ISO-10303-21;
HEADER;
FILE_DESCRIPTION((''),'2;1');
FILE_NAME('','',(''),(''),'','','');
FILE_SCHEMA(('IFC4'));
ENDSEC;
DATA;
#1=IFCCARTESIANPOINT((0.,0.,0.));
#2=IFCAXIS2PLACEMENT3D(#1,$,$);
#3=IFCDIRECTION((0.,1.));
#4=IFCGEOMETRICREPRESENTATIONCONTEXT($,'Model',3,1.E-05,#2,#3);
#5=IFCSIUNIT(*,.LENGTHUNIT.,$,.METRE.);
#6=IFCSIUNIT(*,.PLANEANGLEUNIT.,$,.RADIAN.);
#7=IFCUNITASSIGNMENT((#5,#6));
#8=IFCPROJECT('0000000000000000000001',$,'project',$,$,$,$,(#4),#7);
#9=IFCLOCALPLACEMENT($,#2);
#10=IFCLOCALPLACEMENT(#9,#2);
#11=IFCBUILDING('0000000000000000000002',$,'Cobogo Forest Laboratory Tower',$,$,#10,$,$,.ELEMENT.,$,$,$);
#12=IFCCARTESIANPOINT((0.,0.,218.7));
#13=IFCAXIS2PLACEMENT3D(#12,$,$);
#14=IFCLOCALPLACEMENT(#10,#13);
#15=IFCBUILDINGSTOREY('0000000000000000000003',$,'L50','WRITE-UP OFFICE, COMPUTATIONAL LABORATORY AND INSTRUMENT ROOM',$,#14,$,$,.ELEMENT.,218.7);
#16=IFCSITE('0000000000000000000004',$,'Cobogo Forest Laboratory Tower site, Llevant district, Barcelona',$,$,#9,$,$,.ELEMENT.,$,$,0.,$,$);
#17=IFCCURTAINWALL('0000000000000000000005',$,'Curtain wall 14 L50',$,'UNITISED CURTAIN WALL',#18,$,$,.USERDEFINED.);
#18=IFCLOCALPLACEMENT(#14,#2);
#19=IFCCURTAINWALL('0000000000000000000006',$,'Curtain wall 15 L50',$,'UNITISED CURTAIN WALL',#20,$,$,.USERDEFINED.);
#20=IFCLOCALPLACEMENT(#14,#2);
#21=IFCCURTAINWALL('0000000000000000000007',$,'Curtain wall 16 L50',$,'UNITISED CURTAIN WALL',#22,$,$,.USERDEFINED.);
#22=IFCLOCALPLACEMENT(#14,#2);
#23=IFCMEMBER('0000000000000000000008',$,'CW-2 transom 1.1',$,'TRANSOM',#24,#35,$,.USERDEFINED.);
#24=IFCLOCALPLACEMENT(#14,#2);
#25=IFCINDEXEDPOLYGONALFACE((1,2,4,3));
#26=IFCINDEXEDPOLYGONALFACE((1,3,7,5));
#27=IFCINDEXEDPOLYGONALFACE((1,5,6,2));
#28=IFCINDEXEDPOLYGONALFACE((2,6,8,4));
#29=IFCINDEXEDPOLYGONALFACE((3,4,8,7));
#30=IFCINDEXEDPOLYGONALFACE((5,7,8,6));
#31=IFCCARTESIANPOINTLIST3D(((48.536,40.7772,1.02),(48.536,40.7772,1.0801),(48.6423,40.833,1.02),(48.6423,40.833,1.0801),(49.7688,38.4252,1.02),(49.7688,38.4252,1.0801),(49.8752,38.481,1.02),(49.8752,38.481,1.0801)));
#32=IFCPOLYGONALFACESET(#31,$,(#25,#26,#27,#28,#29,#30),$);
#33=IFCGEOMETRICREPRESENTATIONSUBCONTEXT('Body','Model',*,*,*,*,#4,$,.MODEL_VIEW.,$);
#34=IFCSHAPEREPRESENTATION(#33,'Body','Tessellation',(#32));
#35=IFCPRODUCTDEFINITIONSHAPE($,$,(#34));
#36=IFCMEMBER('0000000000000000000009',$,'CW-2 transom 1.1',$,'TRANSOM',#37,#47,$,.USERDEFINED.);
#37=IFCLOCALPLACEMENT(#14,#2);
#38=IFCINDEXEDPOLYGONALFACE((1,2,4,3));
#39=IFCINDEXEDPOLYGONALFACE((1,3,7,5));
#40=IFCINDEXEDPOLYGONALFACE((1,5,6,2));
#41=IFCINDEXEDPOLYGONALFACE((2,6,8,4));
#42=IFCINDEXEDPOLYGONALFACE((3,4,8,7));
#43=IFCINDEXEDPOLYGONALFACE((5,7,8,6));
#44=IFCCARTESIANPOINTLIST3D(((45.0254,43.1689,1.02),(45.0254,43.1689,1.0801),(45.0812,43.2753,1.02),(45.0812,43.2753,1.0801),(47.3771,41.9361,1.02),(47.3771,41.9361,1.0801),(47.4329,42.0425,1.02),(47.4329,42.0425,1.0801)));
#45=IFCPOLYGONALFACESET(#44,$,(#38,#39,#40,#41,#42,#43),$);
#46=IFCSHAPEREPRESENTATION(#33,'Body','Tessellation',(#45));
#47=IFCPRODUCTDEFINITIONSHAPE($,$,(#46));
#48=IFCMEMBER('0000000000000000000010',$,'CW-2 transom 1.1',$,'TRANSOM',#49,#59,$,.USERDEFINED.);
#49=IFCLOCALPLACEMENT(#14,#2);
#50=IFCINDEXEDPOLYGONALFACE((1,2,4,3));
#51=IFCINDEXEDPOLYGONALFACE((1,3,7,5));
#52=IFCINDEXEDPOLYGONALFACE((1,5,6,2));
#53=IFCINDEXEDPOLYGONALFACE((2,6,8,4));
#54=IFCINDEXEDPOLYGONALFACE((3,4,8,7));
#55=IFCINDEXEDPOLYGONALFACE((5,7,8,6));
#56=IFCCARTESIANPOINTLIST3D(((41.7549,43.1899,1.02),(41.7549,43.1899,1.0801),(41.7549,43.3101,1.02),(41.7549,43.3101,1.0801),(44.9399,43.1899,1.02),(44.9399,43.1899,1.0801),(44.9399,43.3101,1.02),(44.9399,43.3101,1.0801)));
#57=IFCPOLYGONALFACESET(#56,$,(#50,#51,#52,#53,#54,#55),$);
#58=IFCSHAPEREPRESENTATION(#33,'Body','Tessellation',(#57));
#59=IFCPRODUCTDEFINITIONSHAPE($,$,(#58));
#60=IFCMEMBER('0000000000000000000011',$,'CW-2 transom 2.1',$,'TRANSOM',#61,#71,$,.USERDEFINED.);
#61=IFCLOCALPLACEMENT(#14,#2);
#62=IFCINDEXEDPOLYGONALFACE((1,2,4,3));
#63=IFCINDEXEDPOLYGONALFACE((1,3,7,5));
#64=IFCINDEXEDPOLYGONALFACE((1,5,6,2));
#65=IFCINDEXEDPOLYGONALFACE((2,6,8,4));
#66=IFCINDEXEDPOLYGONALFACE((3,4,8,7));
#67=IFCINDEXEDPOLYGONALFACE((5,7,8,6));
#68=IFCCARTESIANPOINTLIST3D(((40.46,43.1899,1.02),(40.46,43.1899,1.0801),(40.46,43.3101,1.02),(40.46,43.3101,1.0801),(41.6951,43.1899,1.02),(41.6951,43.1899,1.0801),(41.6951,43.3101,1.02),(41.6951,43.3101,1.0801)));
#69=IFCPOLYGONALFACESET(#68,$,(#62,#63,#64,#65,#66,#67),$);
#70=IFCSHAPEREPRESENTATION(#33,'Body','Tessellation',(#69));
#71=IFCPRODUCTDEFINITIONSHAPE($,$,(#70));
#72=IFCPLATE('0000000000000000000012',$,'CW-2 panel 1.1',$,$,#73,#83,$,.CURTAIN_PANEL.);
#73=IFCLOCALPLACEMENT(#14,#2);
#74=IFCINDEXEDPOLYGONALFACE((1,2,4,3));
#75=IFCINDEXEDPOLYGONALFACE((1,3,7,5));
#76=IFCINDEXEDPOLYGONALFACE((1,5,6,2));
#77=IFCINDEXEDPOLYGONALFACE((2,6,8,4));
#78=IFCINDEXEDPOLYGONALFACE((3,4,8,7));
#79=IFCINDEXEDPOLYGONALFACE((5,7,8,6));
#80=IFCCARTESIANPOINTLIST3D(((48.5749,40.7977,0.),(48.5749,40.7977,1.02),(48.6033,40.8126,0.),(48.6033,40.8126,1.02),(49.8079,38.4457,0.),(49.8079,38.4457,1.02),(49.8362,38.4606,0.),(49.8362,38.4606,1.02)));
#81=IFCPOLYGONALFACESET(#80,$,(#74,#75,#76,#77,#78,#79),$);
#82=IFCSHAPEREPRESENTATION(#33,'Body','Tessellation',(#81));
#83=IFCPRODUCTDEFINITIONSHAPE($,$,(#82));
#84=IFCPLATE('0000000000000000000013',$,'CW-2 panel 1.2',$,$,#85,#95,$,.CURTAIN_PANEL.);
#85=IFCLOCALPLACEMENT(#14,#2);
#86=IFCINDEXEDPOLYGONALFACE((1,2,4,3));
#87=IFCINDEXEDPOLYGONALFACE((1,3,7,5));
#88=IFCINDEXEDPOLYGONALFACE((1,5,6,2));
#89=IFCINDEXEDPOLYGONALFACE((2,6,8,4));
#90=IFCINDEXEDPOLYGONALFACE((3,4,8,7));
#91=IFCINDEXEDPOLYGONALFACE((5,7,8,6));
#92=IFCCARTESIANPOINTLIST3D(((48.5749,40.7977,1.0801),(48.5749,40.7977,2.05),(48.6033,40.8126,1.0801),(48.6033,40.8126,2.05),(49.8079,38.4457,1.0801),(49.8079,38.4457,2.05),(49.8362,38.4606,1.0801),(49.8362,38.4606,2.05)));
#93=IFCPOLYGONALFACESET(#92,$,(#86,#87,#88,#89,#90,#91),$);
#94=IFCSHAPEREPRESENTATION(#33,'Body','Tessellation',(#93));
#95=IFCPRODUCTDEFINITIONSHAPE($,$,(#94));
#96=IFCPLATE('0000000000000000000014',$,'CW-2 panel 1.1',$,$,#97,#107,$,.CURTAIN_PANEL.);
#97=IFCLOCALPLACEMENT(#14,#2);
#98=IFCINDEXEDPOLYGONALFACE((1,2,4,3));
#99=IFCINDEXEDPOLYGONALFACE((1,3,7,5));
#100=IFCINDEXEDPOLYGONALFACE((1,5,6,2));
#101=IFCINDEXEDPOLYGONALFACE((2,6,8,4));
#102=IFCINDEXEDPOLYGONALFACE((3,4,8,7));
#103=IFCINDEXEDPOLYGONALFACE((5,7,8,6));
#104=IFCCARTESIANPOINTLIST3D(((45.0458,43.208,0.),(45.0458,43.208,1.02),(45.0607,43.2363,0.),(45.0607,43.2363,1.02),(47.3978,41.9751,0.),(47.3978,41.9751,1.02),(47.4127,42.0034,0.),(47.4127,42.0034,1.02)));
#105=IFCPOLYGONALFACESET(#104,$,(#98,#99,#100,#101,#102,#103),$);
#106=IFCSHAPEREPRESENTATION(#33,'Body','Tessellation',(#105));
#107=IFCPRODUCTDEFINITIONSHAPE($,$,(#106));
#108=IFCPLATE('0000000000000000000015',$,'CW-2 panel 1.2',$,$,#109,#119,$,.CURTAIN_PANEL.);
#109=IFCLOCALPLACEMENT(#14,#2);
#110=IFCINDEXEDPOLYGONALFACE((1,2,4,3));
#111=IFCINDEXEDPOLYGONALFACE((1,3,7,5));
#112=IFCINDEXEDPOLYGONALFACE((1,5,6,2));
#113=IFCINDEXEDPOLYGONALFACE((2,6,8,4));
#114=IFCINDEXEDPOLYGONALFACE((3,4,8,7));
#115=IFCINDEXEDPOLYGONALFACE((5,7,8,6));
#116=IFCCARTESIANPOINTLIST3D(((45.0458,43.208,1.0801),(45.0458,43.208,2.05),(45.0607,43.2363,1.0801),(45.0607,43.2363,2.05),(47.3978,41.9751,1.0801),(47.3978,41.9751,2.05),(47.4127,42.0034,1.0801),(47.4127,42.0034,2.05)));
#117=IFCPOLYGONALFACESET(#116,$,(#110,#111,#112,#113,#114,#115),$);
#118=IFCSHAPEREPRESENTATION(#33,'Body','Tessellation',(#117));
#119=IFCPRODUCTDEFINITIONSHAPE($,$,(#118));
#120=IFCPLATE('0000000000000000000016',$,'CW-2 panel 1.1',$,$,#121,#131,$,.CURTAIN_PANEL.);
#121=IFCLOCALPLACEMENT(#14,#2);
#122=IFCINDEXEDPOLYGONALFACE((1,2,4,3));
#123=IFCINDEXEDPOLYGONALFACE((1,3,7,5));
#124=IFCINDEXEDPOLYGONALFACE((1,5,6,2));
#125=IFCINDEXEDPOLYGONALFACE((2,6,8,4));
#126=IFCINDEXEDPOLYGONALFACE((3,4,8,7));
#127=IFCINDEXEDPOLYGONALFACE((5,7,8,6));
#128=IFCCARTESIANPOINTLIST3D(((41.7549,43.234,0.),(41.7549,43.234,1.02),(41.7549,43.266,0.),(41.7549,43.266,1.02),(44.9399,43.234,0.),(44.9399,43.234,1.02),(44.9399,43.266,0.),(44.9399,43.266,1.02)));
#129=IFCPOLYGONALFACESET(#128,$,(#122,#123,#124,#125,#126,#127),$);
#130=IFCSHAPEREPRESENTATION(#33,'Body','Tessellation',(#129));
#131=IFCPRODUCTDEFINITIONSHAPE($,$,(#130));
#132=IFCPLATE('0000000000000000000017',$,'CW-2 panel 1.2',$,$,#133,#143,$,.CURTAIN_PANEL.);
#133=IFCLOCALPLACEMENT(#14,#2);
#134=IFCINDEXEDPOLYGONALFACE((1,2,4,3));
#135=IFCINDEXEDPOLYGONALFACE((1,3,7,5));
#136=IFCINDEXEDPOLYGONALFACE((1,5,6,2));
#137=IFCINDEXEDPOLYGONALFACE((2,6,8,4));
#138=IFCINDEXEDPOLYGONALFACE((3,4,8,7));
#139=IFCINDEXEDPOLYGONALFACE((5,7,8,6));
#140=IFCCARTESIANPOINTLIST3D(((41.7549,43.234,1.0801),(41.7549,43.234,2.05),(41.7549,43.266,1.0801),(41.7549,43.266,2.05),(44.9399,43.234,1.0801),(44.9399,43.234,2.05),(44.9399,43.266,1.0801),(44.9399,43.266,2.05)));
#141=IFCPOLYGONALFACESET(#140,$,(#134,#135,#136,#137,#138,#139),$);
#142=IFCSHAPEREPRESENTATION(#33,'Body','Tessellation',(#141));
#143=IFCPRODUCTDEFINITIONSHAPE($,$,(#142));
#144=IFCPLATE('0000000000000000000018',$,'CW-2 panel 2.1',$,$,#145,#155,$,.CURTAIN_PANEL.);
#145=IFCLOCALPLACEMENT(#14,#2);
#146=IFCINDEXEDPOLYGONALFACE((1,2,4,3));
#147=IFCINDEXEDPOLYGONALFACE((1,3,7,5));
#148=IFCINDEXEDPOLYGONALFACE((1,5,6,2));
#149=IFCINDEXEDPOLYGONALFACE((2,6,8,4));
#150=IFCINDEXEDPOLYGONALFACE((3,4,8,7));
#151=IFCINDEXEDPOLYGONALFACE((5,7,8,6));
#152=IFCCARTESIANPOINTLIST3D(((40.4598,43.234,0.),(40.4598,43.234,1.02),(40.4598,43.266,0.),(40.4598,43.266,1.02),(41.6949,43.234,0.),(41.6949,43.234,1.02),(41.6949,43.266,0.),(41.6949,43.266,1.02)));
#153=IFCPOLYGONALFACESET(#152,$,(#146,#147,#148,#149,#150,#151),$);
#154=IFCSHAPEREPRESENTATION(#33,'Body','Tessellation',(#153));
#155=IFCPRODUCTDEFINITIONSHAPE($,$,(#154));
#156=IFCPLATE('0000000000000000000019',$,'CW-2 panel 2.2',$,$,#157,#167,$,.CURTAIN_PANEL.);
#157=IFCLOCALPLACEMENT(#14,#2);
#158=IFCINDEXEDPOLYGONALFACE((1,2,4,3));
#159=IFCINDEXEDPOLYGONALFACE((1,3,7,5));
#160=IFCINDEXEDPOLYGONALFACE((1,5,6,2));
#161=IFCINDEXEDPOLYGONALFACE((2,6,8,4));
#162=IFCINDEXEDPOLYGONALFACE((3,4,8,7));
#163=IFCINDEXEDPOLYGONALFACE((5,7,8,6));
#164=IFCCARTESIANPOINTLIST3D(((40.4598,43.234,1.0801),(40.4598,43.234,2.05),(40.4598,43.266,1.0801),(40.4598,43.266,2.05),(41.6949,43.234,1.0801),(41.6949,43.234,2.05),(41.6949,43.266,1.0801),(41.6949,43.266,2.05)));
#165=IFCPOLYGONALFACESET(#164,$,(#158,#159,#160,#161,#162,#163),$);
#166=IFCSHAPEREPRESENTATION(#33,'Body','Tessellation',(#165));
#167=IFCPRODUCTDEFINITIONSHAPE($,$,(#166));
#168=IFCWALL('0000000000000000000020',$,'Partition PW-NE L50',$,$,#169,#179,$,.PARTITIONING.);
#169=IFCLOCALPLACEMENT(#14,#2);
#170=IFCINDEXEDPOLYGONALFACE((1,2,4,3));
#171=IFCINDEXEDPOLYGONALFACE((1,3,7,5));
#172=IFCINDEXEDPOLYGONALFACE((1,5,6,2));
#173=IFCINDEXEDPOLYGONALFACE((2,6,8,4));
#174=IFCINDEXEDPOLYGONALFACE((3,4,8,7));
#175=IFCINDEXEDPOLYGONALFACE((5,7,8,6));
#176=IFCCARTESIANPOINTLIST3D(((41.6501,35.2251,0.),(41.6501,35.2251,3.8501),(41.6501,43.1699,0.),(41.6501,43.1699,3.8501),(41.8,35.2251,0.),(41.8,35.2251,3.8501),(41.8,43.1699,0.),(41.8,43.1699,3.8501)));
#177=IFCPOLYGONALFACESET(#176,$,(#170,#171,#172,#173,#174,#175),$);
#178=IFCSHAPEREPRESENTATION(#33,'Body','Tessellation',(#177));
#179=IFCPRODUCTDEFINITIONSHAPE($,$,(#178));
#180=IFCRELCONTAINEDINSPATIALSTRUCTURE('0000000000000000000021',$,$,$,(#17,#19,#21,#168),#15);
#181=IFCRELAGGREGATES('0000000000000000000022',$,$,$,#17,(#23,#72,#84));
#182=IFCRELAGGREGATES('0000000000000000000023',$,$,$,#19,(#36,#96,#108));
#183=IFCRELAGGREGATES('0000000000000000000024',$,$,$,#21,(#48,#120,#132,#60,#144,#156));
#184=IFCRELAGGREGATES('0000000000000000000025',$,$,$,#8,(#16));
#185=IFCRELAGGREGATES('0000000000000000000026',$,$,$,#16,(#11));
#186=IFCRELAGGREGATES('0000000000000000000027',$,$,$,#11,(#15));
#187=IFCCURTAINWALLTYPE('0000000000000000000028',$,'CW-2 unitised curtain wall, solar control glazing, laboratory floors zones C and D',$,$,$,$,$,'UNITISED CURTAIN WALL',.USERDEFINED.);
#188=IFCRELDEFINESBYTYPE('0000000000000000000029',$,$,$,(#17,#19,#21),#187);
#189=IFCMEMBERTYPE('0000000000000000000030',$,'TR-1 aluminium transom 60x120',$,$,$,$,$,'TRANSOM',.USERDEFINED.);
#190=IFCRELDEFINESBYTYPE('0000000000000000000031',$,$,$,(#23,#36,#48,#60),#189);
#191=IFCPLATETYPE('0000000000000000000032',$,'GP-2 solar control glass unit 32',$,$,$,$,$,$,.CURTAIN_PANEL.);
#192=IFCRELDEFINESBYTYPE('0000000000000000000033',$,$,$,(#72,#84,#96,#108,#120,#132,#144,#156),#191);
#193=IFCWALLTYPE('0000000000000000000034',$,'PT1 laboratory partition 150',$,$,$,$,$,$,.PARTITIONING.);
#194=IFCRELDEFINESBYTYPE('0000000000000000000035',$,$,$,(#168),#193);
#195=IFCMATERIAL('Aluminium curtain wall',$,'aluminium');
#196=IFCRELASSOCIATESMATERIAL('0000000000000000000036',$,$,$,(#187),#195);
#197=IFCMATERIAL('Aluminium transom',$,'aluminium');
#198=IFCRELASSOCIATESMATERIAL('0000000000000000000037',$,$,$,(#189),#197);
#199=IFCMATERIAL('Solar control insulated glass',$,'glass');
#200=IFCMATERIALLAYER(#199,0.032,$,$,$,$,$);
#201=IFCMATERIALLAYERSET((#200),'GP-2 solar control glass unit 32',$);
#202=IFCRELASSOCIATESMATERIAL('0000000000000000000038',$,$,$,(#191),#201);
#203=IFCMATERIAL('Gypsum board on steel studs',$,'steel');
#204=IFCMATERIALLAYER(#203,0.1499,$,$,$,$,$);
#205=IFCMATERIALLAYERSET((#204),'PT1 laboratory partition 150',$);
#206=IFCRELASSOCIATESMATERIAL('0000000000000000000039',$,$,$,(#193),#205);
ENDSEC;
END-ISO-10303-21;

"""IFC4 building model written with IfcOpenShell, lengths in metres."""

from ifc_helpers import new_model, si_unit, direction, frame, frame_2d, origin, origin_2d, place, context, subcontext, project, spatial, rectangle, extrude, material, layer, layer_set, material_profile, profile_set, type_object, element, aggregate, save


model = new_model("IFC4")

# Units and contexts
model_context = context("Model", 3, precision=1e-05, world=origin(), true_north=direction((0.0, 1.0)))
body_context = subcontext(model_context, "Body", "Model", "MODEL_VIEW")
ifc_project = project(units=[si_unit("LENGTHUNIT", "METRE"), si_unit("PLANEANGLEUNIT", "RADIAN")], contexts=[model_context])

# Site, building, storey
site_placement = place(None, origin())
site = spatial("IfcSite", under=ifc_project, at=site_placement, Name="Cobogo Forest Laboratory Tower site, Llevant district, Barcelona", CompositionType="ELEMENT", RefElevation=0.0)
building_placement = place(site_placement, origin())
building = spatial("IfcBuilding", under=site, at=building_placement, Name="Cobogo Forest Laboratory Tower", CompositionType="ELEMENT")
storey_placement = place(building_placement, frame((0.0, 0.0, 218.7)))
storey = spatial("IfcBuildingStorey", under=building, at=storey_placement, Name="L50", Description="WRITE-UP OFFICE, COMPUTATIONAL LABORATORY AND INSTRUMENT ROOM", CompositionType="ELEMENT", Elevation=218.7)

# Curtain walls
ifc_material_1 = material(Name="Aluminium curtain wall", Category="aluminium")
curtain_wall_type = type_object("IfcCurtainWallType", Name="CW-2 unitised curtain wall, solar control glazing, laboratory floors zones C and D", ElementType="UNITISED CURTAIN WALL", PredefinedType="USERDEFINED", material=ifc_material_1)
curtain_wall_1_placement = place(storey_placement, origin())
curtain_wall_1 = element("IfcCurtainWall", 1, at=curtain_wall_1_placement, inside=storey, type_object=curtain_wall_type, Name="Curtain wall 14 L50", ObjectType="UNITISED CURTAIN WALL", PredefinedType="USERDEFINED")
curtain_wall_2_placement = place(storey_placement, origin())
curtain_wall_2 = element("IfcCurtainWall", 2, at=curtain_wall_2_placement, inside=storey, type_object=curtain_wall_type, Name="Curtain wall 15 L50", ObjectType="UNITISED CURTAIN WALL", PredefinedType="USERDEFINED")
curtain_wall_3_placement = place(storey_placement, origin())
curtain_wall_3 = element("IfcCurtainWall", 3, at=curtain_wall_3_placement, inside=storey, type_object=curtain_wall_type, Name="Curtain wall 16 L50", ObjectType="UNITISED CURTAIN WALL", PredefinedType="USERDEFINED")

# Members
ifc_material_2 = material(Name="Aluminium transom", Category="aluminium")
ifc_material_profile_1 = material_profile(ifc_material_2, rectangle(XDim=0.1201, YDim=0.0601, at=origin_2d()), Name="AL 60x120")
ifc_profile_set_1 = profile_set([ifc_material_profile_1], Name="Aluminium transom")
member_type_1 = type_object("IfcMemberType", Name="TR-1 aluminium transom 60x120", ElementType="TRANSOM", PredefinedType="USERDEFINED", material=ifc_profile_set_1)
member_1_placement = place(storey_placement, frame((49.822, 38.4531, 1.05), z_axis=(-0.464268, 0.885695, 0.0), x_axis=(-0.885695, -0.464268, 0.0)))
member_1 = element("IfcMember", 4, at=member_1_placement, type_object=member_type_1, Name="CW-2 transom 1.1", ObjectType="TRANSOM", PredefinedType="USERDEFINED", context=body_context, shape_type="SweptSolid", body=[
    extrude(rectangle(XDim=0.1201, YDim=0.0601, at=origin_2d()), origin(), (0.0, 0.0, 1.0), 2.6555),
])
member_2_placement = place(storey_placement, frame((47.405, 41.9893, 1.05), z_axis=(-0.885675, 0.464306, 0.0), x_axis=(-0.464306, -0.885675, 0.0)))
member_2 = element("IfcMember", 5, at=member_2_placement, type_object=member_type_1, Name="CW-2 transom 1.1", ObjectType="TRANSOM", PredefinedType="USERDEFINED", context=body_context, shape_type="SweptSolid", body=[
    extrude(rectangle(XDim=0.1201, YDim=0.0601, at=origin_2d()), origin(), (0.0, 0.0, 1.0), 2.6553),
])
member_3_placement = place(storey_placement, frame((44.9399, 43.25, 1.05), z_axis=(-1.0, 0.0, 0.0), x_axis=(0.0, -1.0, 0.0)))
member_3 = element("IfcMember", 6, at=member_3_placement, type_object=member_type_1, Name="CW-2 transom 1.1", ObjectType="TRANSOM", PredefinedType="USERDEFINED", context=body_context, shape_type="SweptSolid", body=[
    extrude(rectangle(XDim=0.1201, YDim=0.0601, at=origin_2d()), origin(), (0.0, 0.0, 1.0), 3.1851),
])
member_4_placement = place(storey_placement, frame((41.6951, 43.25, 1.05), z_axis=(-1.0, 0.0, 0.0), x_axis=(0.0, -1.0, 0.0)))
member_4 = element("IfcMember", 7, at=member_4_placement, type_object=member_type_1, Name="CW-2 transom 2.1", ObjectType="TRANSOM", PredefinedType="USERDEFINED", context=body_context, shape_type="SweptSolid", body=[
    extrude(rectangle(XDim=0.1201, YDim=0.0601, at=origin_2d()), origin(), (0.0, 0.0, 1.0), 1.2351),
])

# Plates
ifc_material_3 = material(Name="Solar control insulated glass", Category="glass")
ifc_layer_1 = layer(ifc_material_3, 0.032)
ifc_layer_set_1 = layer_set([ifc_layer_1], Name="GP-2 solar control glass unit 32")
plate_type = type_object("IfcPlateType", Name="GP-2 solar control glass unit 32", PredefinedType="CURTAIN_PANEL", material=ifc_layer_set_1)
plate_1_placement = place(storey_placement, frame((49.2056, 39.6292, 0.0), z_axis=(0.0, 0.0, 1.0), x_axis=(-0.464284, 0.885687, 0.0)))
plate_1 = element("IfcPlate", 8, at=plate_1_placement, type_object=plate_type, Name="CW-2 panel 1.1", PredefinedType="CURTAIN_PANEL", context=body_context, shape_type="SweptSolid", body=[
    extrude(rectangle(XDim=2.6555, YDim=0.032, at=origin_2d()), origin(), (0.0, 0.0, 1.0), 1.02),
])
plate_2_placement = place(storey_placement, frame((49.2056, 39.6292, 1.0801), z_axis=(0.0, 0.0, 1.0), x_axis=(-0.464284, 0.885687, 0.0)))
plate_2 = element("IfcPlate", 9, at=plate_2_placement, type_object=plate_type, Name="CW-2 panel 1.2", PredefinedType="CURTAIN_PANEL", context=body_context, shape_type="SweptSolid", body=[
    extrude(rectangle(XDim=2.6555, YDim=0.032, at=origin_2d()), origin(), (0.0, 0.0, 1.0), 0.97),
])
aggregate(curtain_wall_1, [member_1, plate_1, plate_2])
plate_3_placement = place(storey_placement, frame((46.2292, 42.6057, 0.0), z_axis=(0.0, 0.0, 1.0), x_axis=(-0.885687, 0.464284, 0.0)))
plate_3 = element("IfcPlate", 10, at=plate_3_placement, type_object=plate_type, Name="CW-2 panel 1.1", PredefinedType="CURTAIN_PANEL", context=body_context, shape_type="SweptSolid", body=[
    extrude(rectangle(XDim=2.6555, YDim=0.032, at=origin_2d()), origin(), (0.0, 0.0, 1.0), 1.02),
])
plate_4_placement = place(storey_placement, frame((46.2292, 42.6057, 1.0801), z_axis=(0.0, 0.0, 1.0), x_axis=(-0.885687, 0.464284, 0.0)))
plate_4 = element("IfcPlate", 11, at=plate_4_placement, type_object=plate_type, Name="CW-2 panel 1.2", PredefinedType="CURTAIN_PANEL", context=body_context, shape_type="SweptSolid", body=[
    extrude(rectangle(XDim=2.6555, YDim=0.032, at=origin_2d()), origin(), (0.0, 0.0, 1.0), 0.97),
])
aggregate(curtain_wall_2, [member_2, plate_3, plate_4])
plate_5_placement = place(storey_placement, frame((43.3474, 43.25, 0.0), z_axis=(0.0, 0.0, 1.0), x_axis=(-1.0, 0.0, 0.0)))
plate_5 = element("IfcPlate", 12, at=plate_5_placement, type_object=plate_type, Name="CW-2 panel 1.1", PredefinedType="CURTAIN_PANEL", context=body_context, shape_type="SweptSolid", body=[
    extrude(rectangle(XDim=3.1851, YDim=0.032, at=origin_2d()), origin(), (0.0, 0.0, 1.0), 1.02),
])
plate_6_placement = place(storey_placement, frame((43.3474, 43.25, 1.0801), z_axis=(0.0, 0.0, 1.0), x_axis=(-1.0, 0.0, 0.0)))
plate_6 = element("IfcPlate", 13, at=plate_6_placement, type_object=plate_type, Name="CW-2 panel 1.2", PredefinedType="CURTAIN_PANEL", context=body_context, shape_type="SweptSolid", body=[
    extrude(rectangle(XDim=3.1851, YDim=0.032, at=origin_2d()), origin(), (0.0, 0.0, 1.0), 0.97),
])
plate_7_placement = place(storey_placement, frame((41.0774, 43.25, 0.0), z_axis=(0.0, 0.0, 1.0), x_axis=(-1.0, 0.0, 0.0)))
plate_7 = element("IfcPlate", 14, at=plate_7_placement, type_object=plate_type, Name="CW-2 panel 2.1", PredefinedType="CURTAIN_PANEL", context=body_context, shape_type="SweptSolid", body=[
    extrude(rectangle(XDim=1.2351, YDim=0.032, at=origin_2d()), origin(), (0.0, 0.0, 1.0), 1.02),
])
plate_8_placement = place(storey_placement, frame((41.0774, 43.25, 1.0801), z_axis=(0.0, 0.0, 1.0), x_axis=(-1.0, 0.0, 0.0)))
plate_8 = element("IfcPlate", 15, at=plate_8_placement, type_object=plate_type, Name="CW-2 panel 2.2", PredefinedType="CURTAIN_PANEL", context=body_context, shape_type="SweptSolid", body=[
    extrude(rectangle(XDim=1.2351, YDim=0.032, at=origin_2d()), origin(), (0.0, 0.0, 1.0), 0.97),
])
aggregate(curtain_wall_3, [member_3, plate_5, plate_6, member_4, plate_7, plate_8])

# Wall
ifc_material_4 = material(Name="Gypsum board on steel studs", Category="steel")
ifc_layer_2 = layer(ifc_material_4, 0.1499)
ifc_layer_set_2 = layer_set([ifc_layer_2], Name="PT1 laboratory partition 150")
wall_type = type_object("IfcWallType", Name="PT1 laboratory partition 150", PredefinedType="PARTITIONING", material=ifc_layer_set_2)
wall_placement = place(storey_placement, frame((41.7251, 43.1699, 0.0), z_axis=(0.0, 0.0, 1.0), x_axis=(0.0, -1.0, 0.0)))
element("IfcWall", 16, at=wall_placement, inside=storey, type_object=wall_type, Name="Partition PW-NE L50", PredefinedType="PARTITIONING", context=body_context, shape_type="SweptSolid", body=[
    extrude(rectangle(XDim=7.9448, YDim=0.1499, at=frame_2d((3.9724, 0.0))), origin(), (0.0, 0.0, 1.0), 3.8501),
])

save(model, "model.ifc")
